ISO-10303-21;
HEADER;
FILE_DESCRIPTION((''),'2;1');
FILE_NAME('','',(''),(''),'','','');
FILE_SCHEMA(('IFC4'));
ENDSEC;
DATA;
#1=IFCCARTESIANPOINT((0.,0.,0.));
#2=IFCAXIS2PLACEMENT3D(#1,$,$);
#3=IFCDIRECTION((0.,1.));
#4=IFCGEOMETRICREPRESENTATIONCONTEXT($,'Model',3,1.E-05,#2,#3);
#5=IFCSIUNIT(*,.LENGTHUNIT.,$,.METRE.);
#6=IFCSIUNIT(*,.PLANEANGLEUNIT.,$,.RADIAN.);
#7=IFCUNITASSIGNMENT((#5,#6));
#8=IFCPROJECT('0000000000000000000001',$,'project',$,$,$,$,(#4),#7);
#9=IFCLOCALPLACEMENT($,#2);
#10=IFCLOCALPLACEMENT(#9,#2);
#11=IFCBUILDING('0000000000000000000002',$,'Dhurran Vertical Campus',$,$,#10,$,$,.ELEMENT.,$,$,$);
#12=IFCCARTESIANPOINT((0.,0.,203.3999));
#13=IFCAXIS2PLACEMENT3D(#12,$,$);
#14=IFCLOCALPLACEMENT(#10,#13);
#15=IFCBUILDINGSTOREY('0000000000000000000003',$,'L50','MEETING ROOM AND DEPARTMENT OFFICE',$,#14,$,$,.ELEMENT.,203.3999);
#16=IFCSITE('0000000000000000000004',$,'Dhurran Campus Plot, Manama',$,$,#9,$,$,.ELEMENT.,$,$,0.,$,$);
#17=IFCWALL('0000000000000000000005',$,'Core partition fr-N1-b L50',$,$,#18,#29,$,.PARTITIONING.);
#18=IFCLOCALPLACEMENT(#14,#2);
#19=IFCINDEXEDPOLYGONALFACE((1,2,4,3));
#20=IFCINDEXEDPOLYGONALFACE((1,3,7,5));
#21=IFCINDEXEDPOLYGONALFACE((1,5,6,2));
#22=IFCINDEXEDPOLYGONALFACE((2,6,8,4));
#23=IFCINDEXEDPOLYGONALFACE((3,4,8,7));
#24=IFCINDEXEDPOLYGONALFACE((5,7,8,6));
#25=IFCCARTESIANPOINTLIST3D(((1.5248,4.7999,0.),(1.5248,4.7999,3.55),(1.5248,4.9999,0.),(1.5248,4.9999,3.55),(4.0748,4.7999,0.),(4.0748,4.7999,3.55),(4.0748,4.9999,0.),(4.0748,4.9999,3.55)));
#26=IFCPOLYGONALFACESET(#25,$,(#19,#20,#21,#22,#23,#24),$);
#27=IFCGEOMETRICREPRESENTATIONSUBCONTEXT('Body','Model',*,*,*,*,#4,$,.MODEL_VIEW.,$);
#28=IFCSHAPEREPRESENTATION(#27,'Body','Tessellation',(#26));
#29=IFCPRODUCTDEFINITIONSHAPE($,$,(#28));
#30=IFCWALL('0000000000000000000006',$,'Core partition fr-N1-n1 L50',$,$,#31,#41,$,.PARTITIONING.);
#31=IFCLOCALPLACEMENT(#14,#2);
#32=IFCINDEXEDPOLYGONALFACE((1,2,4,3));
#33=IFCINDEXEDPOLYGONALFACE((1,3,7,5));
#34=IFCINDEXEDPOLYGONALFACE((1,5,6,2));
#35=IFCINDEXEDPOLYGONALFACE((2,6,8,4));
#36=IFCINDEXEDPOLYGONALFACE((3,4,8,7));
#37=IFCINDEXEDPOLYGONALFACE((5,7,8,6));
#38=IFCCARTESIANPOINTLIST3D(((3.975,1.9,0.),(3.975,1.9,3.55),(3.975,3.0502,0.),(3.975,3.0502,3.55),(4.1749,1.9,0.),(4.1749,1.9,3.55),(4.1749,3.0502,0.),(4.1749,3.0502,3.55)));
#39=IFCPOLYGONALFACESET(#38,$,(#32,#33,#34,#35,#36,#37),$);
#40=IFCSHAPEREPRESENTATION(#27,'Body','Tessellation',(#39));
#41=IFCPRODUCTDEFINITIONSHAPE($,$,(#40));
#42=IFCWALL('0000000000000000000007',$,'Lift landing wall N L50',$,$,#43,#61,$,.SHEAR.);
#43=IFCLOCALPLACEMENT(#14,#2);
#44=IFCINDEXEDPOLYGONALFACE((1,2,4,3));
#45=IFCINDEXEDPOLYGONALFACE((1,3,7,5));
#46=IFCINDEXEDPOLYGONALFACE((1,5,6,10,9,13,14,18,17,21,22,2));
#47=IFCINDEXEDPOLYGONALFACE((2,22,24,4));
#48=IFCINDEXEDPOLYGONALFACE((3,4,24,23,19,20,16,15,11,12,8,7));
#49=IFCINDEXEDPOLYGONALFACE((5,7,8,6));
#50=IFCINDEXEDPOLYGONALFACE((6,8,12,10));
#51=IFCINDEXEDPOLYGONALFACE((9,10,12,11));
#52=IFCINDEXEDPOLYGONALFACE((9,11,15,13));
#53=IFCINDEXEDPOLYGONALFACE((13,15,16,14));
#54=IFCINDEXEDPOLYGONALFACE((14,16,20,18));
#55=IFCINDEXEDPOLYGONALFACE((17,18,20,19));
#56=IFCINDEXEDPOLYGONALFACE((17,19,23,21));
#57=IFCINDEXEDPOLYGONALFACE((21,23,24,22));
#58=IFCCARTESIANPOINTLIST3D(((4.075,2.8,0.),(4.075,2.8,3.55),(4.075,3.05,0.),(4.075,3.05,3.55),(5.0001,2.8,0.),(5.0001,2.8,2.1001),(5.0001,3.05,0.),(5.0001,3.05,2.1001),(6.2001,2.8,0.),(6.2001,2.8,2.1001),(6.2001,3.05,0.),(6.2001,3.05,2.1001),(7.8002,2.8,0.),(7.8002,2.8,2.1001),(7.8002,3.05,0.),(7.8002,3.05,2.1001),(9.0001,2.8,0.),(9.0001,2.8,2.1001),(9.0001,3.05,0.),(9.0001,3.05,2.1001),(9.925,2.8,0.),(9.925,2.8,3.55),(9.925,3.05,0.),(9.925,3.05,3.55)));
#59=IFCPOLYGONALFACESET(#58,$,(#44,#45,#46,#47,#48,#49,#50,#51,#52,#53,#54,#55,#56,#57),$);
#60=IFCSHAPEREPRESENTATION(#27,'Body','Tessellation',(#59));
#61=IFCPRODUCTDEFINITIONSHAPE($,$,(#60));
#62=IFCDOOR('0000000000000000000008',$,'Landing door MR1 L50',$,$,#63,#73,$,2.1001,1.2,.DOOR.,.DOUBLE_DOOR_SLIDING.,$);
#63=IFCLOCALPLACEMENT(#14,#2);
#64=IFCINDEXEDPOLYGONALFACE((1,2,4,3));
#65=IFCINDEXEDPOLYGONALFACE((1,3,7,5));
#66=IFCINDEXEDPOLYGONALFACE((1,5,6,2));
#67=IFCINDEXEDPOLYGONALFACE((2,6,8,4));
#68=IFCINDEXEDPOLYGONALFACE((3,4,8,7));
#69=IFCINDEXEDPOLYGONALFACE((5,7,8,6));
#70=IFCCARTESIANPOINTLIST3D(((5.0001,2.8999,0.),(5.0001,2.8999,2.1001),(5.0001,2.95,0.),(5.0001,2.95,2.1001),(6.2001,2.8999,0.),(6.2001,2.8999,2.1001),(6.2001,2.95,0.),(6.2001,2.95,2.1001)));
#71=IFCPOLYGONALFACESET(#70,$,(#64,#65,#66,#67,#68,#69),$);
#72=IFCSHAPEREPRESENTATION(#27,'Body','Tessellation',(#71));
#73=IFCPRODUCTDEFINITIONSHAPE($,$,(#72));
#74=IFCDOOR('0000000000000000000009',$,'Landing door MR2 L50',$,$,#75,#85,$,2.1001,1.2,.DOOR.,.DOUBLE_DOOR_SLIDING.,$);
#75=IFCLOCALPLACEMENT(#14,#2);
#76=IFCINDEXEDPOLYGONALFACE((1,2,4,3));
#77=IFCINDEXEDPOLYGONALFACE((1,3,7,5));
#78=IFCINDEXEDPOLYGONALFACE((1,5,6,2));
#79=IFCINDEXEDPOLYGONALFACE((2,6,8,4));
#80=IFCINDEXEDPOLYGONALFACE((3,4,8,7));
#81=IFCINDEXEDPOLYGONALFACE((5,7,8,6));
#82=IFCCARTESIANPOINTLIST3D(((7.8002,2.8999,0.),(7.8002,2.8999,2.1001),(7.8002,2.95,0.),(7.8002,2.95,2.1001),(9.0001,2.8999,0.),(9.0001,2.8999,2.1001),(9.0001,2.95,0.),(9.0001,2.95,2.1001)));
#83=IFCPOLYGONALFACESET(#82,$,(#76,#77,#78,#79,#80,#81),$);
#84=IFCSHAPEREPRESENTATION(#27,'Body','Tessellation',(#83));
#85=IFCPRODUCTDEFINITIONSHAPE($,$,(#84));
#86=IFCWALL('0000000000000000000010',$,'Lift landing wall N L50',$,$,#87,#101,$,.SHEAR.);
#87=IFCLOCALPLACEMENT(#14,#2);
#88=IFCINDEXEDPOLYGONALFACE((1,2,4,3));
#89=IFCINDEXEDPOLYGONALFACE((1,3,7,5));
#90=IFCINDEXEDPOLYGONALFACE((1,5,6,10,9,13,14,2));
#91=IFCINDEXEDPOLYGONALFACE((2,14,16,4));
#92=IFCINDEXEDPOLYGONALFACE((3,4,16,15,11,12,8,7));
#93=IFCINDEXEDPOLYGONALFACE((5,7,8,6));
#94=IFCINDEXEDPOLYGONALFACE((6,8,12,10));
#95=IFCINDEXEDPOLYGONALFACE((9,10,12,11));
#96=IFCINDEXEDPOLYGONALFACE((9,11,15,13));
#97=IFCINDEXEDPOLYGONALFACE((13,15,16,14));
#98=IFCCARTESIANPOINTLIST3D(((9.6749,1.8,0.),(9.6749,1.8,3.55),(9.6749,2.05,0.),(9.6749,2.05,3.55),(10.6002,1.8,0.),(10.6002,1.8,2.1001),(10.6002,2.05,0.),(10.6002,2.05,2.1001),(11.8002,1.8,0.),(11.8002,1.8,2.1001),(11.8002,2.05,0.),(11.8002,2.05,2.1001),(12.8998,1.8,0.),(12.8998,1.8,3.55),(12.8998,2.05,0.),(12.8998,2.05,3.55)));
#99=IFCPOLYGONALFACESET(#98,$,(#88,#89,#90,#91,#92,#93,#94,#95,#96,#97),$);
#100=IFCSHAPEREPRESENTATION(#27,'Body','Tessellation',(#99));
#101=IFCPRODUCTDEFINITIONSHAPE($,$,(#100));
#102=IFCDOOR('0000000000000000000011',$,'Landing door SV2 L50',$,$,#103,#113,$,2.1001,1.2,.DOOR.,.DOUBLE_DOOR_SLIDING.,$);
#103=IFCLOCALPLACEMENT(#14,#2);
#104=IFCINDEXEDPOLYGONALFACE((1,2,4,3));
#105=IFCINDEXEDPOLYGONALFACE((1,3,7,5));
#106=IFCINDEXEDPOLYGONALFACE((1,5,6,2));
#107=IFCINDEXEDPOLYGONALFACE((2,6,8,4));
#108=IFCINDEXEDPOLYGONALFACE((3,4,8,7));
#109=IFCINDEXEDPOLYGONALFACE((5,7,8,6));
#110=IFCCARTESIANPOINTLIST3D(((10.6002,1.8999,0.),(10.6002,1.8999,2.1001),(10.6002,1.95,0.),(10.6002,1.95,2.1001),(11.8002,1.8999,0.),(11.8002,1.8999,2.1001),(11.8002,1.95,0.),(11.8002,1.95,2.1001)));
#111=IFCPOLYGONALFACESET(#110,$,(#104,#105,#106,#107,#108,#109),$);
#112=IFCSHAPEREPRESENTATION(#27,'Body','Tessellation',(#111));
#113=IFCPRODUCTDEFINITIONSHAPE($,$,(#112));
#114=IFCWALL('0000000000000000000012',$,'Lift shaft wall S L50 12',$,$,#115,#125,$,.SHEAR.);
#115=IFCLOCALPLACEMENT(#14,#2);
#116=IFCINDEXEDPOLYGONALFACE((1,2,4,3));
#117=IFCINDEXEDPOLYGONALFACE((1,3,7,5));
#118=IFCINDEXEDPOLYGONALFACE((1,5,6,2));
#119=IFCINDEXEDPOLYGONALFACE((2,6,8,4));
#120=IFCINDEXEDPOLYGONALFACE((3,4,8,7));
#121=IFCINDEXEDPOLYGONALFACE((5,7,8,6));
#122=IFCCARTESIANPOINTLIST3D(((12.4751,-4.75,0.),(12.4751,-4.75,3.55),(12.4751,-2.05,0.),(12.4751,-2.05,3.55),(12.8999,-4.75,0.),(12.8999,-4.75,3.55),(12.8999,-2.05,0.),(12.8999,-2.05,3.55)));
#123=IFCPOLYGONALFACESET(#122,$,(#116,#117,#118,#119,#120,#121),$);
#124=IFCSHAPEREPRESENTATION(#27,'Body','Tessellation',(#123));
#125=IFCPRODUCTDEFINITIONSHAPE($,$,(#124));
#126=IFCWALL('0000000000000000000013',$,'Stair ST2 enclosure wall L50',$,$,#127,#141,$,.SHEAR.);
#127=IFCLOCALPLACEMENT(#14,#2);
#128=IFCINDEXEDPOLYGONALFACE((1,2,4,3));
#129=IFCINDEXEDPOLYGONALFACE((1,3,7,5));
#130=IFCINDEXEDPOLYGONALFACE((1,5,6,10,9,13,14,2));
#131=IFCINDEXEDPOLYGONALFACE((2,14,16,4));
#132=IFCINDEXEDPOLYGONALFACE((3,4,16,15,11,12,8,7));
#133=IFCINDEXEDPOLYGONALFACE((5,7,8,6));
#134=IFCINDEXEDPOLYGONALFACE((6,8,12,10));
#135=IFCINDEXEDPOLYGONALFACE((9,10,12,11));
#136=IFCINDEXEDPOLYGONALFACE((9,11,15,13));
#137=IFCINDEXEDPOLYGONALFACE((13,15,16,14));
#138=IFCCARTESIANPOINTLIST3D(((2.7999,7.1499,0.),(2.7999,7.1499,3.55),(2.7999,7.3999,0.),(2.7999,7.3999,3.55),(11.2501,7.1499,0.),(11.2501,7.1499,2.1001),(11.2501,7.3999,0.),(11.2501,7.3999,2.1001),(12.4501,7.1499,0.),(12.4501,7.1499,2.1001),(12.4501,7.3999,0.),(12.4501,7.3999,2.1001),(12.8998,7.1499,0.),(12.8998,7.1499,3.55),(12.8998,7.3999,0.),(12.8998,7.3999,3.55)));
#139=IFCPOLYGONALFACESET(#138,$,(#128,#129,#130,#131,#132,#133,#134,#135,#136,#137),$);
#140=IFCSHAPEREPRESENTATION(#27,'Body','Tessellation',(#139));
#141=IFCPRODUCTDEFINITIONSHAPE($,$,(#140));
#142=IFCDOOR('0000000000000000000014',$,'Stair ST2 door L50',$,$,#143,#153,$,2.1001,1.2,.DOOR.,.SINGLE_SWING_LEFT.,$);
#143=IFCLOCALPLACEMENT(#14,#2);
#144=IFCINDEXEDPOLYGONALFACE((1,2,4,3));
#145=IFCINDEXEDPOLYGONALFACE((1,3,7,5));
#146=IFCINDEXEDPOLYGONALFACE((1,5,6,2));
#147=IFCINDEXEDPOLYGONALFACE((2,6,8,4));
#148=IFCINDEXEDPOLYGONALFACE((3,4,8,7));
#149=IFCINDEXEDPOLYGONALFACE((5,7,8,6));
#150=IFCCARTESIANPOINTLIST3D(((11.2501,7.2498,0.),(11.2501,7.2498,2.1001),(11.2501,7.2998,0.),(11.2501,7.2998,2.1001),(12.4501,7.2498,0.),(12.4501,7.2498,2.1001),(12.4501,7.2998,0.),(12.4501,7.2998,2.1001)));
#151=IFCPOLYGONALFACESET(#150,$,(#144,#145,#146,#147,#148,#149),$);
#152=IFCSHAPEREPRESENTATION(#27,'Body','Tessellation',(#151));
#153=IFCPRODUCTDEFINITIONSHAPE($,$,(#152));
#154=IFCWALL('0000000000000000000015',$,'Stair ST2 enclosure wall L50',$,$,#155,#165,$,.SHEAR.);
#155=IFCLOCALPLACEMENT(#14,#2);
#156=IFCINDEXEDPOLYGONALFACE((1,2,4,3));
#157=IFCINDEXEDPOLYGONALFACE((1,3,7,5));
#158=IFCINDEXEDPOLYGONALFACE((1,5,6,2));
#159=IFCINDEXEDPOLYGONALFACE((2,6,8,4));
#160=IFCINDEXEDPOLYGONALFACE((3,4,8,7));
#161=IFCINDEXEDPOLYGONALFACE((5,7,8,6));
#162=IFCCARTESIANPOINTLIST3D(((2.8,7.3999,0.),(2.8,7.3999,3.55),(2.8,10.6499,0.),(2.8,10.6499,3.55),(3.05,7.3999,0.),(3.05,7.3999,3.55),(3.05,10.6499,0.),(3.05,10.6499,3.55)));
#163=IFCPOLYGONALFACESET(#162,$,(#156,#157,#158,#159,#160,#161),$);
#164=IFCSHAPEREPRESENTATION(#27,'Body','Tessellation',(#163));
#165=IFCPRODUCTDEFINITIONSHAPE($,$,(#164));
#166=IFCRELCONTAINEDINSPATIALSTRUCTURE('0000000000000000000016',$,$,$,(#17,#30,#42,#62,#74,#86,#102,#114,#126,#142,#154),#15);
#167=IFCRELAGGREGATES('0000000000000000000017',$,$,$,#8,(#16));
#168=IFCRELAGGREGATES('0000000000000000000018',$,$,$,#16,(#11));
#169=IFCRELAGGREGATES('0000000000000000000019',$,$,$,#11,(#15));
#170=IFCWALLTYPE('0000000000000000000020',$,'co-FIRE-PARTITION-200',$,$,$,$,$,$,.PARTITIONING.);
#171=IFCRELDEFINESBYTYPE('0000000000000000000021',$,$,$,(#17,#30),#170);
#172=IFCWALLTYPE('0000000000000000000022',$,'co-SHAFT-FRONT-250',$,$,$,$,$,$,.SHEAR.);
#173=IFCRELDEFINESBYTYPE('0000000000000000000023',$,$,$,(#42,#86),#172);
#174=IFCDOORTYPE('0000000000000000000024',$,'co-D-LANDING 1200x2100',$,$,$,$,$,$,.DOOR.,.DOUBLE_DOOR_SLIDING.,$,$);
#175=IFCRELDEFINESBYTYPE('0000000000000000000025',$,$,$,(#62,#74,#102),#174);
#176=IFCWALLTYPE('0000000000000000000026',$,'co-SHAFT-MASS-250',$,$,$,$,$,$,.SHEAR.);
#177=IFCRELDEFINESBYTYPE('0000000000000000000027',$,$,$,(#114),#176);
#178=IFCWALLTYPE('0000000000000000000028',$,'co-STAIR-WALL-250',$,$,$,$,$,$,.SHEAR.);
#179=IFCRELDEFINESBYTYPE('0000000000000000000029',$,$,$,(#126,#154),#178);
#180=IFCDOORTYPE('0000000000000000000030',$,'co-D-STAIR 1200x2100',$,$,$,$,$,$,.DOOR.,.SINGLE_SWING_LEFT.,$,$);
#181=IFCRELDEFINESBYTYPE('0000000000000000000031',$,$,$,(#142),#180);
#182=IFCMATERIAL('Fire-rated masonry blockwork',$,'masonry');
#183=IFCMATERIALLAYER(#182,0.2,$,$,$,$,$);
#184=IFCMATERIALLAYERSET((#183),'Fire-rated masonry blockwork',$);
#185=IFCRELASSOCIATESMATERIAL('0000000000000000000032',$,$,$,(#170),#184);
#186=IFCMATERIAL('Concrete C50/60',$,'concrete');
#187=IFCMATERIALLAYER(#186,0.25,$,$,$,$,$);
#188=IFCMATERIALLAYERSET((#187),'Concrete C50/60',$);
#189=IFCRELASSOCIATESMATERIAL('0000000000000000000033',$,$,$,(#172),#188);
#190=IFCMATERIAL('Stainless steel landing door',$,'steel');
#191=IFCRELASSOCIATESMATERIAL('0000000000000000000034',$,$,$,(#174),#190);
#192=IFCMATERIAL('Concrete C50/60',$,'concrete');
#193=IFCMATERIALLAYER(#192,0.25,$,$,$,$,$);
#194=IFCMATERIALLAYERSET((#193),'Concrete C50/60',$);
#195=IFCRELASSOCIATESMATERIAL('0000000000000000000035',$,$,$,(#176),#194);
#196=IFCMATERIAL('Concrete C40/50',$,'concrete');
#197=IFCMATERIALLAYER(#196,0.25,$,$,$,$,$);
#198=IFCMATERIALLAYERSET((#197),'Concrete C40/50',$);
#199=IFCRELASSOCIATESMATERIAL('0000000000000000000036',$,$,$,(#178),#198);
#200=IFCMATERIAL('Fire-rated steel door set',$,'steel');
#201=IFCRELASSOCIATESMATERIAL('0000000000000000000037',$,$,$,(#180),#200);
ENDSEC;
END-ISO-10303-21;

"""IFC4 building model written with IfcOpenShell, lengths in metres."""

from ifc_helpers import new_model, si_unit, direction, frame, frame_2d, origin, place, context, subcontext, project, spatial, polyline, rectangle, outline, extrude, material, layer, layer_set, type_object, element, fill, save


model = new_model("IFC4")

# Units and contexts
model_context = context("Model", 3, precision=1e-05, world=origin(), true_north=direction((0.0, 1.0)))
body_context = subcontext(model_context, "Body", "Model", "MODEL_VIEW")
ifc_project = project(units=[si_unit("LENGTHUNIT", "METRE"), si_unit("PLANEANGLEUNIT", "RADIAN")], contexts=[model_context])

# Site, building, storey
site_placement = place(None, origin())
site = spatial("IfcSite", under=ifc_project, at=site_placement, Name="Dhurran Campus Plot, Manama", CompositionType="ELEMENT", RefElevation=0.0)
building_placement = place(site_placement, origin())
building = spatial("IfcBuilding", under=site, at=building_placement, Name="Dhurran Vertical Campus", CompositionType="ELEMENT")
storey_placement = place(building_placement, frame((0.0, 0.0, 203.3999)))
storey = spatial("IfcBuildingStorey", under=building, at=storey_placement, Name="L50", Description="MEETING ROOM AND DEPARTMENT OFFICE", CompositionType="ELEMENT", Elevation=203.3999)

# Shared definitions
ifc_material_1 = material(Name="Fire-rated masonry blockwork", Category="masonry")
ifc_layer_1 = layer(ifc_material_1, 0.2)
ifc_layer_set_1 = layer_set([ifc_layer_1], Name="Fire-rated masonry blockwork")
wall_type_1 = type_object("IfcWallType", Name="co-FIRE-PARTITION-200", PredefinedType="PARTITIONING", material=ifc_layer_set_1)

# Walls
wall_1_placement = place(storey_placement, frame((1.5249, 4.8999, 0.0), z_axis=(0.0, 0.0, 1.0), x_axis=(1.0, 0.0, 0.0)))
element("IfcWall", 1, at=wall_1_placement, inside=storey, type_object=wall_type_1, Name="Core partition fr-N1-b L50", PredefinedType="PARTITIONING", context=body_context, shape_type="SweptSolid", body=[
    extrude(rectangle(XDim=2.55, YDim=0.2, at=frame_2d((1.2749, 0.0))), origin(), (0.0, 0.0, 1.0), 3.55),
])
wall_2_placement = place(storey_placement, frame((4.075, 1.8999, 0.0), z_axis=(0.0, 0.0, 1.0), x_axis=(0.0, 1.0, 0.0)))
element("IfcWall", 2, at=wall_2_placement, inside=storey, type_object=wall_type_1, Name="Core partition fr-N1-n1 L50", PredefinedType="PARTITIONING", context=body_context, shape_type="SweptSolid", body=[
    extrude(rectangle(XDim=1.1501, YDim=0.2, at=frame_2d((0.5752, 0.0))), origin(), (0.0, 0.0, 1.0), 3.55),
])

# Wall, openings, doors
ifc_material_2 = material(Name="Concrete C50/60", Category="concrete")
ifc_layer_2 = layer(ifc_material_2, 0.25)
ifc_layer_set_2 = layer_set([ifc_layer_2], Name="Concrete C50/60")
wall_type_2 = type_object("IfcWallType", Name="co-SHAFT-FRONT-250", PredefinedType="SHEAR", material=ifc_layer_set_2)
wall_3_placement = place(storey_placement, frame((4.075, 2.925, 0.0), z_axis=(0.0, 0.0, 1.0), x_axis=(1.0, 0.0, 0.0)))
wall_3 = element("IfcWall", 3, at=wall_3_placement, inside=storey, type_object=wall_type_2, Name="Lift landing wall N L50", PredefinedType="SHEAR", context=body_context, shape_type="SweptSolid", body=[
    extrude(rectangle(XDim=5.8501, YDim=0.25, at=frame_2d((2.925, 0.0))), origin(), (0.0, 0.0, 1.0), 3.55),
])
opening_1_placement = place(wall_3_placement, frame((0.925, 0.0, 0.0)))
opening_1 = element("IfcOpeningElement", 4, at=opening_1_placement, cuts=wall_3, PredefinedType="OPENING", context=body_context, shape_type="SweptSolid", body=[
    extrude(rectangle(XDim=1.2, YDim=2.1001, at=frame_2d((0.6001, 1.05))), frame((0.0, 0.135, 0.0), z_axis=(0.0, -1.0, 0.0), x_axis=(1.0, 0.0, 0.0)), (0.0, 0.0, 1.0), 0.27),
])
opening_2_placement = place(wall_3_placement, frame((3.7251, 0.0, 0.0)))
opening_2 = element("IfcOpeningElement", 5, at=opening_2_placement, cuts=wall_3, PredefinedType="OPENING", context=body_context, shape_type="SweptSolid", body=[
    extrude(rectangle(XDim=1.2, YDim=2.1001, at=frame_2d((0.6001, 1.05))), frame((0.0, 0.135, 0.0), z_axis=(0.0, -1.0, 0.0), x_axis=(1.0, 0.0, 0.0)), (0.0, 0.0, 1.0), 0.27),
])
ifc_material_3 = material(Name="Stainless steel landing door", Category="steel")
door_type_1 = type_object("IfcDoorType", Name="co-D-LANDING 1200x2100", OperationType="DOUBLE_DOOR_SLIDING", PredefinedType="DOOR", material=ifc_material_3)
door_1_placement = place(opening_1_placement, origin())
door_1 = element("IfcDoor", 6, at=door_1_placement, inside=storey, type_object=door_type_1, Name="Landing door MR1 L50", OperationType="DOUBLE_DOOR_SLIDING", OverallHeight=2.1001, OverallWidth=1.2, PredefinedType="DOOR", context=body_context, shape_type="SweptSolid", body=[
    extrude(rectangle(XDim=1.2, YDim=2.1001, at=frame_2d((0.6001, 1.05))), frame((0.0, 0.0249, 0.0), z_axis=(0.0, -1.0, 0.0), x_axis=(1.0, 0.0, 0.0)), (0.0, 0.0, 1.0), 0.05),
])
fill(opening_1, door_1)
door_2_placement = place(opening_2_placement, origin())
door_2 = element("IfcDoor", 7, at=door_2_placement, inside=storey, type_object=door_type_1, Name="Landing door MR2 L50", OperationType="DOUBLE_DOOR_SLIDING", OverallHeight=2.1001, OverallWidth=1.2, PredefinedType="DOOR", context=body_context, shape_type="SweptSolid", body=[
    extrude(rectangle(XDim=1.2, YDim=2.1001, at=frame_2d((0.6001, 1.05))), frame((0.0, 0.0249, 0.0), z_axis=(0.0, -1.0, 0.0), x_axis=(1.0, 0.0, 0.0)), (0.0, 0.0, 1.0), 0.05),
])
fill(opening_2, door_2)

# Wall, opening, door
wall_4_placement = place(storey_placement, frame((9.675, 1.925, 0.0), z_axis=(0.0, 0.0, 1.0), x_axis=(1.0, 0.0, 0.0)))
wall_4 = element("IfcWall", 8, at=wall_4_placement, inside=storey, type_object=wall_type_2, Name="Lift landing wall N L50", PredefinedType="SHEAR", context=body_context, shape_type="SweptSolid", body=[
    extrude(rectangle(XDim=3.2249, YDim=0.25, at=frame_2d((1.6123, 0.0))), origin(), (0.0, 0.0, 1.0), 3.55),
])
opening_3_placement = place(wall_4_placement, frame((0.925, 0.0, 0.0)))
opening_3 = element("IfcOpeningElement", 9, at=opening_3_placement, cuts=wall_4, PredefinedType="OPENING", context=body_context, shape_type="SweptSolid", body=[
    extrude(rectangle(XDim=1.2, YDim=2.1001, at=frame_2d((0.6001, 1.05))), frame((0.0, 0.135, 0.0), z_axis=(0.0, -1.0, 0.0), x_axis=(1.0, 0.0, 0.0)), (0.0, 0.0, 1.0), 0.27),
])
door_3_placement = place(opening_3_placement, origin())
door_3 = element("IfcDoor", 10, at=door_3_placement, inside=storey, type_object=door_type_1, Name="Landing door SV2 L50", OperationType="DOUBLE_DOOR_SLIDING", OverallHeight=2.1001, OverallWidth=1.2, PredefinedType="DOOR", context=body_context, shape_type="SweptSolid", body=[
    extrude(rectangle(XDim=1.2, YDim=2.1001, at=frame_2d((0.6001, 1.05))), frame((0.0, 0.0249, 0.0), z_axis=(0.0, -1.0, 0.0), x_axis=(1.0, 0.0, 0.0)), (0.0, 0.0, 1.0), 0.05),
])
fill(opening_3, door_3)

# Wall
ifc_material_4 = material(Name="Concrete C50/60", Category="concrete")
ifc_layer_3 = layer(ifc_material_4, 0.25)
ifc_layer_set_3 = layer_set([ifc_layer_3], Name="Concrete C50/60")
wall_type_3 = type_object("IfcWallType", Name="co-SHAFT-MASS-250", PredefinedType="SHEAR", material=ifc_layer_set_3)
wall_5_placement = place(storey_placement, origin())
element("IfcWall", 11, at=wall_5_placement, inside=storey, type_object=wall_type_3, Name="Lift shaft wall S L50 12", PredefinedType="SHEAR", context=body_context, shape_type="SweptSolid", body=[
    extrude(outline(polyline([(12.4751, -4.75), (12.8999, -4.75), (12.8999, -2.05), (12.4751, -2.05), (12.4751, -4.75)])), origin(), (0.0, 0.0, 1.0), 3.55),
])

# Wall, opening, door
ifc_material_5 = material(Name="Concrete C40/50", Category="concrete")
ifc_layer_4 = layer(ifc_material_5, 0.25)
ifc_layer_set_4 = layer_set([ifc_layer_4], Name="Concrete C40/50")
wall_type_4 = type_object("IfcWallType", Name="co-STAIR-WALL-250", PredefinedType="SHEAR", material=ifc_layer_set_4)
wall_6_placement = place(storey_placement, frame((2.8, 7.2749, 0.0), z_axis=(0.0, 0.0, 1.0), x_axis=(1.0, 0.0, 0.0)))
wall_6 = element("IfcWall", 12, at=wall_6_placement, inside=storey, type_object=wall_type_4, Name="Stair ST2 enclosure wall L50", PredefinedType="SHEAR", context=body_context, shape_type="SweptSolid", body=[
    extrude(rectangle(XDim=10.0999, YDim=0.25, at=frame_2d((5.0498, 0.0))), origin(), (0.0, 0.0, 1.0), 3.55),
])
opening_4_placement = place(wall_6_placement, frame((8.45, 0.0, 0.0)))
opening_4 = element("IfcOpeningElement", 13, at=opening_4_placement, cuts=wall_6, PredefinedType="OPENING", context=body_context, shape_type="SweptSolid", body=[
    extrude(rectangle(XDim=1.2, YDim=2.1001, at=frame_2d((0.6001, 1.05))), frame((0.0, 0.135, 0.0), z_axis=(0.0, -1.0, 0.0), x_axis=(1.0, 0.0, 0.0)), (0.0, 0.0, 1.0), 0.27),
])
ifc_material_6 = material(Name="Fire-rated steel door set", Category="steel")
door_type_2 = type_object("IfcDoorType", Name="co-D-STAIR 1200x2100", OperationType="SINGLE_SWING_LEFT", PredefinedType="DOOR", material=ifc_material_6)
door_4_placement = place(opening_4_placement, origin())
door_4 = element("IfcDoor", 14, at=door_4_placement, inside=storey, type_object=door_type_2, Name="Stair ST2 door L50", OperationType="SINGLE_SWING_LEFT", OverallHeight=2.1001, OverallWidth=1.2, PredefinedType="DOOR", context=body_context, shape_type="SweptSolid", body=[
    extrude(rectangle(XDim=1.2, YDim=2.1001, at=frame_2d((0.6001, 1.05))), frame((0.0, 0.0249, 0.0), z_axis=(0.0, -1.0, 0.0), x_axis=(1.0, 0.0, 0.0)), (0.0, 0.0, 1.0), 0.05),
])
fill(opening_4, door_4)

# Wall
wall_7_placement = place(storey_placement, frame((2.925, 7.3999, 0.0), z_axis=(0.0, 0.0, 1.0), x_axis=(0.0, 1.0, 0.0)))
element("IfcWall", 15, at=wall_7_placement, inside=storey, type_object=wall_type_4, Name="Stair ST2 enclosure wall L50", PredefinedType="SHEAR", context=body_context, shape_type="SweptSolid", body=[
    extrude(rectangle(XDim=3.25, YDim=0.25, at=frame_2d((1.625, 0.0))), origin(), (0.0, 0.0, 1.0), 3.55),
])

save(model, "model.ifc")
